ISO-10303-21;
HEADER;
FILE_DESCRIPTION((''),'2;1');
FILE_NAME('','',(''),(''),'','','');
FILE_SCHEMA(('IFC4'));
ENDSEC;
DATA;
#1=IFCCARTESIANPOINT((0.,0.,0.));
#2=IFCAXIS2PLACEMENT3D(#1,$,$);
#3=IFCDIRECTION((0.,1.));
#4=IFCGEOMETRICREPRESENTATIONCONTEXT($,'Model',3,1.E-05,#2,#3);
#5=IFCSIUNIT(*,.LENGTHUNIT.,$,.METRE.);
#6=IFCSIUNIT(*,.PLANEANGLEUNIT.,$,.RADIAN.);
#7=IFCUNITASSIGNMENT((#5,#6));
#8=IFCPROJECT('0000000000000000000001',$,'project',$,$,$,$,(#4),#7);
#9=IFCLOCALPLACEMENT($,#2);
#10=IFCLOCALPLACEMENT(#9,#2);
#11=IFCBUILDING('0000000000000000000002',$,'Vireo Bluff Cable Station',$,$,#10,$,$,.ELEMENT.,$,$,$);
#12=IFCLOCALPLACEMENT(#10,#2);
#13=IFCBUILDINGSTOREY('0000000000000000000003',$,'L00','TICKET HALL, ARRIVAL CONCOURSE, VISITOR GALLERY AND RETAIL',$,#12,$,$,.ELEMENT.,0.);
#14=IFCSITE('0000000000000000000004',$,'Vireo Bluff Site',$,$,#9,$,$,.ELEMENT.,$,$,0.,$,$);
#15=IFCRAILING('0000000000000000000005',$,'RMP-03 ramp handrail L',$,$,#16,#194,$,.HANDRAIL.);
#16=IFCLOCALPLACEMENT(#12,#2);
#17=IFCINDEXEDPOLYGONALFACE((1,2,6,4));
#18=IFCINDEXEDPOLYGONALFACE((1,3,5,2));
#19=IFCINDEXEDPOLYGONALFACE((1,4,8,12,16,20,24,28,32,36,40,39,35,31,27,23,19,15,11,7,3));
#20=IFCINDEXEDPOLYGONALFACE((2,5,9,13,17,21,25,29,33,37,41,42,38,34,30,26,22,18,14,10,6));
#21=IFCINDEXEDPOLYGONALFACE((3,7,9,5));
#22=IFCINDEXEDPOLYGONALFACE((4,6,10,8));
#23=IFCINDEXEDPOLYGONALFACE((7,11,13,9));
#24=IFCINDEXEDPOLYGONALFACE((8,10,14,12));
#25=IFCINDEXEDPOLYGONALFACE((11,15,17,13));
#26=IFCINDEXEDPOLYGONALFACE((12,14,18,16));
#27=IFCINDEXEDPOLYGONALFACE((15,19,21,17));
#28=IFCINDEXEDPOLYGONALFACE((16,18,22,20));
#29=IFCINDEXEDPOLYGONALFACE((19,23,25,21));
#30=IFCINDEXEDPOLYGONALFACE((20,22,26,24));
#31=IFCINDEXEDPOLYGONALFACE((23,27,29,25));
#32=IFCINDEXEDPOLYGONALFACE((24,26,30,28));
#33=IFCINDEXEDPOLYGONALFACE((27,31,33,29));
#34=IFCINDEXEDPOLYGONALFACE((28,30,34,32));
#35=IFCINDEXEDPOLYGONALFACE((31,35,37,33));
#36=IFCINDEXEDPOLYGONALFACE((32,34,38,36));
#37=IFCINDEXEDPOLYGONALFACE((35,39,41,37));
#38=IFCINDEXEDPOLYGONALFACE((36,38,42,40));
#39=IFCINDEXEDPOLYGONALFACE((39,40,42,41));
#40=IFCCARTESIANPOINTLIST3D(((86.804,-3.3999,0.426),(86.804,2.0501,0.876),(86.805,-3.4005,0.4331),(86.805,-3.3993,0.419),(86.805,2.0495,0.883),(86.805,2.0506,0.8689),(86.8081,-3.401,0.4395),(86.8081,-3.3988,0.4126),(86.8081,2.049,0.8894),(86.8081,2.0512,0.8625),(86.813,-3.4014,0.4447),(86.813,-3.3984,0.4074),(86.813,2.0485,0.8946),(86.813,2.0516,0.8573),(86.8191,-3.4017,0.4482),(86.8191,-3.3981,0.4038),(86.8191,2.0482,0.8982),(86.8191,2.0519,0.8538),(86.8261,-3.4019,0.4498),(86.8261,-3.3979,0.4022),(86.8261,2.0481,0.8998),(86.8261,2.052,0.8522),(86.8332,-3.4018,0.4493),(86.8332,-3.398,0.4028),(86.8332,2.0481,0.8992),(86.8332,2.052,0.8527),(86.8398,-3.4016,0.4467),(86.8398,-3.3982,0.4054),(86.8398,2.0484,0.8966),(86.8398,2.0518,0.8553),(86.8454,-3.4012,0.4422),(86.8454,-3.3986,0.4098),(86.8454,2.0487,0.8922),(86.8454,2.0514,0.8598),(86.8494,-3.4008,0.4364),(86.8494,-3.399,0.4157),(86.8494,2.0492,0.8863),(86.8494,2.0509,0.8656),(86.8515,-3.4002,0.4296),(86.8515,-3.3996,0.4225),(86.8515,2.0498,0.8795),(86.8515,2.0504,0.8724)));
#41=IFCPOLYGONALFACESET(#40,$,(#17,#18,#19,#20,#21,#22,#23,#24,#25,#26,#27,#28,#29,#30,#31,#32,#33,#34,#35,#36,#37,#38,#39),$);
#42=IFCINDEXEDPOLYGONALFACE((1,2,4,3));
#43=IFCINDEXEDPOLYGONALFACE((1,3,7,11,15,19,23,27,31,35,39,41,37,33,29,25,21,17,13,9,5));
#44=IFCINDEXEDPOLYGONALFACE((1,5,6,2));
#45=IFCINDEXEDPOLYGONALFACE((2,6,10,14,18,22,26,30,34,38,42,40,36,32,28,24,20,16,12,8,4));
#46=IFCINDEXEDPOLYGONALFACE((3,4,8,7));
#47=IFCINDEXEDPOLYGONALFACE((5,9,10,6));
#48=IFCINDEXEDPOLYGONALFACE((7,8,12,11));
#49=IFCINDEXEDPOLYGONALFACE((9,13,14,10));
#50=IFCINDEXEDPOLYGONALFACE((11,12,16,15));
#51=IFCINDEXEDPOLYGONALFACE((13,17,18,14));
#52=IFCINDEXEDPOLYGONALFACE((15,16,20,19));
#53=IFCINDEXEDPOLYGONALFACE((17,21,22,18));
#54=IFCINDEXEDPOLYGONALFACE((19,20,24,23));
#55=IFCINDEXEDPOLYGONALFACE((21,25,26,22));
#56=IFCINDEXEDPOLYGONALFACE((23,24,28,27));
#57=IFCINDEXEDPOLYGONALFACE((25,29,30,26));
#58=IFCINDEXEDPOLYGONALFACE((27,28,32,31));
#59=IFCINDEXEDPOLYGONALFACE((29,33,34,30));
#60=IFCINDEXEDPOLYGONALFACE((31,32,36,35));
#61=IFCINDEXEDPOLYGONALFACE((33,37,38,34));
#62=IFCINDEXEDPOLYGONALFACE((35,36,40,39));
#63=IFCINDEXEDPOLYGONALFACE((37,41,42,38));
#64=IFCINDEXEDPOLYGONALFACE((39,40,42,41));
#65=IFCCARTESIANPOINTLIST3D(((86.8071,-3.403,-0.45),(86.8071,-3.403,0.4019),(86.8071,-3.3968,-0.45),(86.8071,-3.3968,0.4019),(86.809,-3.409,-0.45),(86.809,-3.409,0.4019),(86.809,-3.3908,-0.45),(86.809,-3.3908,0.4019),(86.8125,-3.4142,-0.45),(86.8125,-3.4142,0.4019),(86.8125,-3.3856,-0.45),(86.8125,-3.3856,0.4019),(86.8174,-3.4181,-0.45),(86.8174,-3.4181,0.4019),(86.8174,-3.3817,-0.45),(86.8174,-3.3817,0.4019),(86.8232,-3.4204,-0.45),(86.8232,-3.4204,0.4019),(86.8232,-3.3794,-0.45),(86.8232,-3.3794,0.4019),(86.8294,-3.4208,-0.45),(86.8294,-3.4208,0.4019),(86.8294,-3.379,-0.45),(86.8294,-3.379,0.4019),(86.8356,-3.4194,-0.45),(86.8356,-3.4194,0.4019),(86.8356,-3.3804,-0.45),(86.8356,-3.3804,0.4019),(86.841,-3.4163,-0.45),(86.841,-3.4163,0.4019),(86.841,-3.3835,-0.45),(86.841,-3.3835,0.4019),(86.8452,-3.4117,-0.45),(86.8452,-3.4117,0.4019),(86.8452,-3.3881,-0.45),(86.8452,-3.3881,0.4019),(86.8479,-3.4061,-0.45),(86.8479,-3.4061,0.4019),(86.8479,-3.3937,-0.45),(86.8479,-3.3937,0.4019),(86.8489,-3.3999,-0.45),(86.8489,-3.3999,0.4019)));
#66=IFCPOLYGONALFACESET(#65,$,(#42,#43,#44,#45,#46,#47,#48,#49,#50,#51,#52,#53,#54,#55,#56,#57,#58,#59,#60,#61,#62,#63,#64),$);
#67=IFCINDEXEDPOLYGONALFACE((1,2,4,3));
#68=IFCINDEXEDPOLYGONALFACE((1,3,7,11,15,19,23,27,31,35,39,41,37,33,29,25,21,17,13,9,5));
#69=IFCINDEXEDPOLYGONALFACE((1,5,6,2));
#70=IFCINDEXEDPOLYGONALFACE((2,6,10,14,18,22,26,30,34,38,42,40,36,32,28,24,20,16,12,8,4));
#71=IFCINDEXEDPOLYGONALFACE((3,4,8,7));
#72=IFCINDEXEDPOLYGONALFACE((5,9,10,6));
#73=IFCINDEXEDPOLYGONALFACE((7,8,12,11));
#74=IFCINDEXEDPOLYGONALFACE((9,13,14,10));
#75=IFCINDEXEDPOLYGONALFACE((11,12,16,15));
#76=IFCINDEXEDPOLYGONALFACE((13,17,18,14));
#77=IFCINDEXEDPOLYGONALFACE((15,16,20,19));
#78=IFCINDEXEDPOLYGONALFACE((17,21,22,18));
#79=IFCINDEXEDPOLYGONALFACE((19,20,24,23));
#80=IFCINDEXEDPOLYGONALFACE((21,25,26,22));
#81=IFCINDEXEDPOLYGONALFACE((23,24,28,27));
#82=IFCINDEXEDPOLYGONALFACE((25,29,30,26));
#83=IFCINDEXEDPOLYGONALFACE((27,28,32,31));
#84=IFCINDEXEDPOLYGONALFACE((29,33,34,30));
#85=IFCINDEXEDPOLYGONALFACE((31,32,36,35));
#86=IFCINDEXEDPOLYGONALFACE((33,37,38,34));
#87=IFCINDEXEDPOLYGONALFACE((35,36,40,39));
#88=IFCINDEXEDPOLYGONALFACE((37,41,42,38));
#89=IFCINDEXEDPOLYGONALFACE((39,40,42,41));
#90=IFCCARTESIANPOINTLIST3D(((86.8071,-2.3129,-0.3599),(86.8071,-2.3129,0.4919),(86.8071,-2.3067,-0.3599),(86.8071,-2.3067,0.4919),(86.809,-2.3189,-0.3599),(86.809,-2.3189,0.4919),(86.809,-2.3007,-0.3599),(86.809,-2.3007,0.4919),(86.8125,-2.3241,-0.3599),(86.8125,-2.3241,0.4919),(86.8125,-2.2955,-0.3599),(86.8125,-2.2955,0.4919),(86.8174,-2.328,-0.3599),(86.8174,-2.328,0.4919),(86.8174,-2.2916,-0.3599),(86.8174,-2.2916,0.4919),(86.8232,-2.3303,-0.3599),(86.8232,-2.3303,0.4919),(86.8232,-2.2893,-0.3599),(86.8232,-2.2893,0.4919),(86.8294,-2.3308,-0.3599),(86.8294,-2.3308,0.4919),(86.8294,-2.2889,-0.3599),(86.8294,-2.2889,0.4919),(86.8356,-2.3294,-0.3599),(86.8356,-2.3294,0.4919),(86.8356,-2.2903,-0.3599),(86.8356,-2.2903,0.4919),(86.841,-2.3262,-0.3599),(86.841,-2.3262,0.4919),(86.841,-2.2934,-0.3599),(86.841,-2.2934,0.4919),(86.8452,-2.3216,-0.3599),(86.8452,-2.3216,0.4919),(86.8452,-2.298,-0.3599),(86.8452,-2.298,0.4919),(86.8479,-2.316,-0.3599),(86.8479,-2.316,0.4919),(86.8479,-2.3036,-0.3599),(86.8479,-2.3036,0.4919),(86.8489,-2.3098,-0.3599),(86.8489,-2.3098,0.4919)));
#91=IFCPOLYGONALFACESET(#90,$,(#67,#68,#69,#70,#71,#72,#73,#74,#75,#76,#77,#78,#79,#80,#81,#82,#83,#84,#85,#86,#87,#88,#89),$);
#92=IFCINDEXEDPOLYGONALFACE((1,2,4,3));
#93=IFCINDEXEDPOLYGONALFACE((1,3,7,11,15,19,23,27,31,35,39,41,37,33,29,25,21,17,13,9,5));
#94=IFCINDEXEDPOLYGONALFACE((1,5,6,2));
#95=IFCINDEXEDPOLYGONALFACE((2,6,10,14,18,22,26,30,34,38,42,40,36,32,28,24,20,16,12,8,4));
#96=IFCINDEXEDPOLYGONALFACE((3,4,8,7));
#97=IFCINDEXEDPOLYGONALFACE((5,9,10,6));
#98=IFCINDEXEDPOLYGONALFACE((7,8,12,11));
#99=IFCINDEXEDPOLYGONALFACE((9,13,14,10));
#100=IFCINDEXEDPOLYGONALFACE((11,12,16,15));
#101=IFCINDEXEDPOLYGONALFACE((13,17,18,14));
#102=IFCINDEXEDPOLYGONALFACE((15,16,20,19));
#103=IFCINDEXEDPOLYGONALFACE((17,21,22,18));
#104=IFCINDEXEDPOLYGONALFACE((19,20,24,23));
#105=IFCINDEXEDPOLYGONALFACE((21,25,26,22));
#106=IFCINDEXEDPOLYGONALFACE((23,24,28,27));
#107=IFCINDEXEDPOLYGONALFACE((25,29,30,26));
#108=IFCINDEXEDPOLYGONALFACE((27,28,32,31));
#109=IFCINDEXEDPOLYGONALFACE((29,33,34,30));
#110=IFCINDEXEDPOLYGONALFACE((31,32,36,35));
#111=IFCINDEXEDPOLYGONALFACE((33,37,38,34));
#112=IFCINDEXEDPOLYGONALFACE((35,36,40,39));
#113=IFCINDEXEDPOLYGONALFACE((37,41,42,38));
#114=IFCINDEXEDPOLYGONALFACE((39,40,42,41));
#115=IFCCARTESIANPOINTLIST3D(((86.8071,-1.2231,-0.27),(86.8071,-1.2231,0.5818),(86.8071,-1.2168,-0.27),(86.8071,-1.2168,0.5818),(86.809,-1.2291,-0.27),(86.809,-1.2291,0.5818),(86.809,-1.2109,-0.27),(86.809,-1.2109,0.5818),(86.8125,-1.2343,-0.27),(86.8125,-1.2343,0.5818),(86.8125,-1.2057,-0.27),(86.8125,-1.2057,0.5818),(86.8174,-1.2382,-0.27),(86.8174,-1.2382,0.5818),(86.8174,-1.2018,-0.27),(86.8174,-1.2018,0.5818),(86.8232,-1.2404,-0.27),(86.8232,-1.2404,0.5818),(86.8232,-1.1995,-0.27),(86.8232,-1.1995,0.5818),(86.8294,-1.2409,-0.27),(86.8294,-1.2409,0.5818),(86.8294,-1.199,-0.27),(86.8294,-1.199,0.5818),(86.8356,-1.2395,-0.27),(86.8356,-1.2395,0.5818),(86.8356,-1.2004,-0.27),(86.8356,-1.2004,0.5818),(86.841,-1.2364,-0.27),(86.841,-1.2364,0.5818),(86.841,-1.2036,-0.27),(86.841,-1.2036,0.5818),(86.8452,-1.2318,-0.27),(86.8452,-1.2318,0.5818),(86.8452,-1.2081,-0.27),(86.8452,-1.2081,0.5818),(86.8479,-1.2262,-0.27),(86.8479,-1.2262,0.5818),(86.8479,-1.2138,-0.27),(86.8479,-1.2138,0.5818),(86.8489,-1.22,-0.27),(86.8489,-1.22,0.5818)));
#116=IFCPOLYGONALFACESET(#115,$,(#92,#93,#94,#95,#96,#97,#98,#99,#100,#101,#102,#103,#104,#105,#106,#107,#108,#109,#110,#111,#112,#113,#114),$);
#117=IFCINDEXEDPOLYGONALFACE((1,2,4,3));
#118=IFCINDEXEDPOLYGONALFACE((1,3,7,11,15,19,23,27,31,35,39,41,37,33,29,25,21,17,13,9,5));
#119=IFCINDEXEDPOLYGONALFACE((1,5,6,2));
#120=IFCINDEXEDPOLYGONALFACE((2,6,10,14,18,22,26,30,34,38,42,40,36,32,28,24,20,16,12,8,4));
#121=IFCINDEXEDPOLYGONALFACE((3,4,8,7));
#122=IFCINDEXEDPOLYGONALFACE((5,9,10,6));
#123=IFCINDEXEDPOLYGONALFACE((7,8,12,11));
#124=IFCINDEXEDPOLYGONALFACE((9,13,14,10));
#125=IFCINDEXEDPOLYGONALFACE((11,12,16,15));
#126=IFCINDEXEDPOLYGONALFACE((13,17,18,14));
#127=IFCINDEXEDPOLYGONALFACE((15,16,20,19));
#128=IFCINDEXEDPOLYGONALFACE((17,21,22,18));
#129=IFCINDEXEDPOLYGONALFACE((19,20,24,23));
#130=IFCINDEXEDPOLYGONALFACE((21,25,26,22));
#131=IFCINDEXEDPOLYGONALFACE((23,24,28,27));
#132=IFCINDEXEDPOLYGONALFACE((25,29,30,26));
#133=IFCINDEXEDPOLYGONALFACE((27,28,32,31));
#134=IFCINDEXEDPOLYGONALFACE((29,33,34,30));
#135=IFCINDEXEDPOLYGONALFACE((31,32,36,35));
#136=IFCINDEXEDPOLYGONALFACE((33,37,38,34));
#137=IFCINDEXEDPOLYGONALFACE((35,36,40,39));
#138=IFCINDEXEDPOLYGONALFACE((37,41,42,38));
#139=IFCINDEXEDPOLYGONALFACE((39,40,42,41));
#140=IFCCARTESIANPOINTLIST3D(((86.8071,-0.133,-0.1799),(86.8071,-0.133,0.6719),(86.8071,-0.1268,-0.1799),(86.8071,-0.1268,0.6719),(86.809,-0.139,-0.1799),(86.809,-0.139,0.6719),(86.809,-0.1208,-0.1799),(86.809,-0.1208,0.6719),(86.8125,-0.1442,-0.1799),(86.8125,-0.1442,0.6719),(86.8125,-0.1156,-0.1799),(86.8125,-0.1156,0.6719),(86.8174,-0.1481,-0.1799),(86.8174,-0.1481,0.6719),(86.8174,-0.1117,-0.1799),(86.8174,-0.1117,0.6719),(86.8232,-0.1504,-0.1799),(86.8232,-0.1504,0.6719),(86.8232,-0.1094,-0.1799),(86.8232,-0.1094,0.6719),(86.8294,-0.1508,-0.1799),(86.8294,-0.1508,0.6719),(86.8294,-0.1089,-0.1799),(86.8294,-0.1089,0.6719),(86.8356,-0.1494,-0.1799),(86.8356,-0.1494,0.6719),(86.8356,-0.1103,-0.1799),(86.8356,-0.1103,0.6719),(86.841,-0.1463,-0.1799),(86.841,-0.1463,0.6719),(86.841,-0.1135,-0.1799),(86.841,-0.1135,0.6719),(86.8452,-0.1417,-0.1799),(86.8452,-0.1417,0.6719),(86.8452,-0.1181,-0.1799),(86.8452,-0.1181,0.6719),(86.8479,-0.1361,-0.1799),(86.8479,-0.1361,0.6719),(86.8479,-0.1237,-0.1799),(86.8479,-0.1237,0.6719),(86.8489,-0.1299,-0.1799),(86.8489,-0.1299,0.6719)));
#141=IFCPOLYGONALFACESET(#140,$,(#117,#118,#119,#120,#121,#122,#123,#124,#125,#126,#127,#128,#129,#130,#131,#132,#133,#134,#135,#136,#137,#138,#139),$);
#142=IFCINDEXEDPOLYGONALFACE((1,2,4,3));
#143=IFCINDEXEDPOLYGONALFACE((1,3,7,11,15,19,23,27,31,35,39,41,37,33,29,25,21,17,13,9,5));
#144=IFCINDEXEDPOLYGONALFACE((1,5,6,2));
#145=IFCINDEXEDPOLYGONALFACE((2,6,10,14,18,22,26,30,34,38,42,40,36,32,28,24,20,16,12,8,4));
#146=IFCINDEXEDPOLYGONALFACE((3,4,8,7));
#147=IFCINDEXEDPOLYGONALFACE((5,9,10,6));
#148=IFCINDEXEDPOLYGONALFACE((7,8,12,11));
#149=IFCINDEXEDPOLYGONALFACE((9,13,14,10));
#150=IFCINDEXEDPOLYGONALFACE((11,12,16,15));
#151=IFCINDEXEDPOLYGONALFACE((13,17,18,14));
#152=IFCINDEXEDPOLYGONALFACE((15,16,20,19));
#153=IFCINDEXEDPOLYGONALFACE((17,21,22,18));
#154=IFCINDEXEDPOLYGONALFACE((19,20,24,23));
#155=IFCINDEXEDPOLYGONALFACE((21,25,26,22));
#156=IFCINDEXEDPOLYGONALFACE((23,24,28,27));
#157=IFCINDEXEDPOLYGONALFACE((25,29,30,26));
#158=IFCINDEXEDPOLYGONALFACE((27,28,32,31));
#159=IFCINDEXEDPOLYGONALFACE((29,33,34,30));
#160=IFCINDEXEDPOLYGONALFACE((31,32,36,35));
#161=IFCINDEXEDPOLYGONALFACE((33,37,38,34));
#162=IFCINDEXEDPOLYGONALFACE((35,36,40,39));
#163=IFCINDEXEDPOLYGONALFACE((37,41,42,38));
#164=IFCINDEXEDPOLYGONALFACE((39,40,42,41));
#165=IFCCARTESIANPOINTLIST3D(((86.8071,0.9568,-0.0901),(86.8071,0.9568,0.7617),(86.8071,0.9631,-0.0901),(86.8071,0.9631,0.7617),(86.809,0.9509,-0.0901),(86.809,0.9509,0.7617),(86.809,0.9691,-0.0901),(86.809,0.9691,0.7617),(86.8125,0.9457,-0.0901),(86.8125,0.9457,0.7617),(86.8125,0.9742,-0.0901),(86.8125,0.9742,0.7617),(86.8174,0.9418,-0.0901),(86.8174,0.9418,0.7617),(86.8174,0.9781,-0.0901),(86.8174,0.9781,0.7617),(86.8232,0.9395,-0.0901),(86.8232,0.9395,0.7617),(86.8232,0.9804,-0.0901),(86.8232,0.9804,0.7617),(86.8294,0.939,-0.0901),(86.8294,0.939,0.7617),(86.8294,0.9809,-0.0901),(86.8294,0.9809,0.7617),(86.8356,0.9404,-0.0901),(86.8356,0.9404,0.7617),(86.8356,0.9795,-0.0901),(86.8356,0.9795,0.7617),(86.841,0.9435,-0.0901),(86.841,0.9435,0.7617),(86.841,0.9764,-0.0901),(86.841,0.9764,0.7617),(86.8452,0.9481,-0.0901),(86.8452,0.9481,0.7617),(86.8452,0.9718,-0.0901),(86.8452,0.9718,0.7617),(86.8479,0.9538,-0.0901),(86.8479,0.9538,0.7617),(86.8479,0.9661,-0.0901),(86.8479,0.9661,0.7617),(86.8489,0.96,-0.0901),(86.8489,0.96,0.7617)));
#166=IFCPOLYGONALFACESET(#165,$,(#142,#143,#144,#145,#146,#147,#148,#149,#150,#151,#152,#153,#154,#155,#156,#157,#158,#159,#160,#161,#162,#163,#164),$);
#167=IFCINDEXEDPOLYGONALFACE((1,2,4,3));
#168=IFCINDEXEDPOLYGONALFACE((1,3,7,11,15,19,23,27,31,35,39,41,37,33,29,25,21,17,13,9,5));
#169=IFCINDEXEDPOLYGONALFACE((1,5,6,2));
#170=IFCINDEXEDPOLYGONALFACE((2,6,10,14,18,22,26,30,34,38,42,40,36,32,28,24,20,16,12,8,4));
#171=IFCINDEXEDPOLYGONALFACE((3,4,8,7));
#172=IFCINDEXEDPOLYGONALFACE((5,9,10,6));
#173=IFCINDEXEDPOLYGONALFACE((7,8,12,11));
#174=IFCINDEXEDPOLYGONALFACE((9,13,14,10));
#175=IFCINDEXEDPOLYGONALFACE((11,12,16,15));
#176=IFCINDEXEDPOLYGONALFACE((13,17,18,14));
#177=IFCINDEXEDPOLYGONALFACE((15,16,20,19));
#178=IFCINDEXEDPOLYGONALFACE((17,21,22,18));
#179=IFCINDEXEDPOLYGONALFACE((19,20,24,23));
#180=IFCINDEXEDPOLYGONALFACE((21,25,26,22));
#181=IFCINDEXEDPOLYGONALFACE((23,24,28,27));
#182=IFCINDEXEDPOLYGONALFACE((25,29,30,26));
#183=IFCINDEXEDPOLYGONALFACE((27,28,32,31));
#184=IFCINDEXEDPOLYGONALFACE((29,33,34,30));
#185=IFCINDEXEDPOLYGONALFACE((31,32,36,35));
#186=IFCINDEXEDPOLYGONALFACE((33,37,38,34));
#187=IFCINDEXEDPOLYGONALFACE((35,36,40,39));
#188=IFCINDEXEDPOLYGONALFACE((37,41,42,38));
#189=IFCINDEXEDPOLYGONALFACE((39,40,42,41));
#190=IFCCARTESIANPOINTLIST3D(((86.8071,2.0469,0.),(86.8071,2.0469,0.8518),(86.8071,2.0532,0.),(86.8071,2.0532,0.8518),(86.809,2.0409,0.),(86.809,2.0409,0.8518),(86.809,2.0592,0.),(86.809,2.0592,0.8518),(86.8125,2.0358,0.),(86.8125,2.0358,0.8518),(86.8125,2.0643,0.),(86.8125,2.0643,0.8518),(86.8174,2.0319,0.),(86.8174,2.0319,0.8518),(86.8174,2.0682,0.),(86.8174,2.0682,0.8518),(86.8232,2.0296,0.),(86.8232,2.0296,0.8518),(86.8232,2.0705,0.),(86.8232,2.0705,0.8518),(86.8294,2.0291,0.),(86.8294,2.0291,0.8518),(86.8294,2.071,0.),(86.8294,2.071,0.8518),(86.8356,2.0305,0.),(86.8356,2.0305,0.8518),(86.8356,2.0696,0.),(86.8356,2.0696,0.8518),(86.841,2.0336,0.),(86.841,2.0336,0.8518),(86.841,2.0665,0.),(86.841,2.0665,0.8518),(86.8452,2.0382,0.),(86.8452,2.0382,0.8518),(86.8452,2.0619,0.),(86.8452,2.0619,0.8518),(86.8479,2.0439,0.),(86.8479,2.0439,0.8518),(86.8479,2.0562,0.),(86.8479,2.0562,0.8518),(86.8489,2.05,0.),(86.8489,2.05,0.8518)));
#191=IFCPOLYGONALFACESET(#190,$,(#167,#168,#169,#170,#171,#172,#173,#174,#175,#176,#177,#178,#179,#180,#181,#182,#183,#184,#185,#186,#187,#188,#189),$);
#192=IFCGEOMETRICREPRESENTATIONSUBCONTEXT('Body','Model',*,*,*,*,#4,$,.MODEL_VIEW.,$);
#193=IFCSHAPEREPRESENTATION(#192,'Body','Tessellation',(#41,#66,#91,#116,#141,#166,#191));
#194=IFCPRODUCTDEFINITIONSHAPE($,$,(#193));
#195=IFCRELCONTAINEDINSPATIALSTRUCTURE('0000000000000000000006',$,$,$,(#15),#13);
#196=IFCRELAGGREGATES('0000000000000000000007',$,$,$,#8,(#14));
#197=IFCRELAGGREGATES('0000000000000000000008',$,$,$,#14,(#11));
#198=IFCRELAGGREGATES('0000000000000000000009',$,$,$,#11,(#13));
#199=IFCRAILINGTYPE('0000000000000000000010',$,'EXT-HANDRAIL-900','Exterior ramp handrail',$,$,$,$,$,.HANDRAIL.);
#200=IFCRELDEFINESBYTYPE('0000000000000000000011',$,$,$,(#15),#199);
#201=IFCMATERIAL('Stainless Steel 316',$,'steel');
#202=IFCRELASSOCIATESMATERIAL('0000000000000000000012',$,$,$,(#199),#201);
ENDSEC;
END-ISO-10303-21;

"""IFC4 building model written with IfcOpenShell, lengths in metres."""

from ifc_helpers import new_model, si_unit, direction, frame, origin, origin_2d, place, context, subcontext, project, spatial, circle, extrude, material, type_object, element, save


model = new_model("IFC4")

# Units and contexts
model_context = context("Model", 3, precision=1e-05, world=origin(), true_north=direction((0.0, 1.0)))
body_context = subcontext(model_context, "Body", "Model", "MODEL_VIEW")
ifc_project = project(units=[si_unit("LENGTHUNIT", "METRE"), si_unit("PLANEANGLEUNIT", "RADIAN")], contexts=[model_context])

# Site, building, storey
site_placement = place(None, origin())
site = spatial("IfcSite", under=ifc_project, at=site_placement, Name="Vireo Bluff Site", CompositionType="ELEMENT", RefElevation=0.0)
building_placement = place(site_placement, origin())
building = spatial("IfcBuilding", under=site, at=building_placement, Name="Vireo Bluff Cable Station", CompositionType="ELEMENT")
storey_placement = place(building_placement, origin())
storey = spatial("IfcBuildingStorey", under=building, at=storey_placement, Name="L00", Description="TICKET HALL, ARRIVAL CONCOURSE, VISITOR GALLERY AND RETAIL", CompositionType="ELEMENT", Elevation=0.0)

# Railing
ifc_material_1 = material(Name="Stainless Steel 316", Category="steel")
railing_type = type_object("IfcRailingType", Name="EXT-HANDRAIL-900", Description="Exterior ramp handrail", PredefinedType="HANDRAIL", material=ifc_material_1)
for number, where, name in (
    (1, (86.8279, -3.3999, -0.45), "RMP-03 ramp handrail L"),
):
    element("IfcRailing", number, at=place(storey_placement, frame(where)), inside=storey, type_object=railing_type, Name=name, PredefinedType="HANDRAIL", context=body_context, shape_type="SweptSolid", body=[
        extrude(circle(Radius=0.0239, at=origin_2d()), frame((0.0, 0.0, 0.876), z_axis=(0.0, 0.996609, 0.082281), x_axis=(-1.0, 0.0, 0.0)), (0.0, 0.0, 1.0), 5.4685),
        extrude(circle(Radius=0.021, at=origin_2d()), origin(), (0.0, 0.0, 1.0), 0.8518),
        extrude(circle(Radius=0.021, at=origin_2d()), frame((0.0, 1.0901, 0.0901)), (0.0, 0.0, 1.0), 0.8518),
        extrude(circle(Radius=0.021, at=origin_2d()), frame((0.0, 2.1799, 0.1799)), (0.0, 0.0, 1.0), 0.8518),
        extrude(circle(Radius=0.021, at=origin_2d()), frame((0.0, 3.27, 0.27)), (0.0, 0.0, 1.0), 0.8518),
        extrude(circle(Radius=0.021, at=origin_2d()), frame((0.0, 4.3599, 0.3599)), (0.0, 0.0, 1.0), 0.8518),
        extrude(circle(Radius=0.021, at=origin_2d()), frame((0.0, 5.45, 0.45)), (0.0, 0.0, 1.0), 0.8518),
    ])

save(model, "model.ifc")
